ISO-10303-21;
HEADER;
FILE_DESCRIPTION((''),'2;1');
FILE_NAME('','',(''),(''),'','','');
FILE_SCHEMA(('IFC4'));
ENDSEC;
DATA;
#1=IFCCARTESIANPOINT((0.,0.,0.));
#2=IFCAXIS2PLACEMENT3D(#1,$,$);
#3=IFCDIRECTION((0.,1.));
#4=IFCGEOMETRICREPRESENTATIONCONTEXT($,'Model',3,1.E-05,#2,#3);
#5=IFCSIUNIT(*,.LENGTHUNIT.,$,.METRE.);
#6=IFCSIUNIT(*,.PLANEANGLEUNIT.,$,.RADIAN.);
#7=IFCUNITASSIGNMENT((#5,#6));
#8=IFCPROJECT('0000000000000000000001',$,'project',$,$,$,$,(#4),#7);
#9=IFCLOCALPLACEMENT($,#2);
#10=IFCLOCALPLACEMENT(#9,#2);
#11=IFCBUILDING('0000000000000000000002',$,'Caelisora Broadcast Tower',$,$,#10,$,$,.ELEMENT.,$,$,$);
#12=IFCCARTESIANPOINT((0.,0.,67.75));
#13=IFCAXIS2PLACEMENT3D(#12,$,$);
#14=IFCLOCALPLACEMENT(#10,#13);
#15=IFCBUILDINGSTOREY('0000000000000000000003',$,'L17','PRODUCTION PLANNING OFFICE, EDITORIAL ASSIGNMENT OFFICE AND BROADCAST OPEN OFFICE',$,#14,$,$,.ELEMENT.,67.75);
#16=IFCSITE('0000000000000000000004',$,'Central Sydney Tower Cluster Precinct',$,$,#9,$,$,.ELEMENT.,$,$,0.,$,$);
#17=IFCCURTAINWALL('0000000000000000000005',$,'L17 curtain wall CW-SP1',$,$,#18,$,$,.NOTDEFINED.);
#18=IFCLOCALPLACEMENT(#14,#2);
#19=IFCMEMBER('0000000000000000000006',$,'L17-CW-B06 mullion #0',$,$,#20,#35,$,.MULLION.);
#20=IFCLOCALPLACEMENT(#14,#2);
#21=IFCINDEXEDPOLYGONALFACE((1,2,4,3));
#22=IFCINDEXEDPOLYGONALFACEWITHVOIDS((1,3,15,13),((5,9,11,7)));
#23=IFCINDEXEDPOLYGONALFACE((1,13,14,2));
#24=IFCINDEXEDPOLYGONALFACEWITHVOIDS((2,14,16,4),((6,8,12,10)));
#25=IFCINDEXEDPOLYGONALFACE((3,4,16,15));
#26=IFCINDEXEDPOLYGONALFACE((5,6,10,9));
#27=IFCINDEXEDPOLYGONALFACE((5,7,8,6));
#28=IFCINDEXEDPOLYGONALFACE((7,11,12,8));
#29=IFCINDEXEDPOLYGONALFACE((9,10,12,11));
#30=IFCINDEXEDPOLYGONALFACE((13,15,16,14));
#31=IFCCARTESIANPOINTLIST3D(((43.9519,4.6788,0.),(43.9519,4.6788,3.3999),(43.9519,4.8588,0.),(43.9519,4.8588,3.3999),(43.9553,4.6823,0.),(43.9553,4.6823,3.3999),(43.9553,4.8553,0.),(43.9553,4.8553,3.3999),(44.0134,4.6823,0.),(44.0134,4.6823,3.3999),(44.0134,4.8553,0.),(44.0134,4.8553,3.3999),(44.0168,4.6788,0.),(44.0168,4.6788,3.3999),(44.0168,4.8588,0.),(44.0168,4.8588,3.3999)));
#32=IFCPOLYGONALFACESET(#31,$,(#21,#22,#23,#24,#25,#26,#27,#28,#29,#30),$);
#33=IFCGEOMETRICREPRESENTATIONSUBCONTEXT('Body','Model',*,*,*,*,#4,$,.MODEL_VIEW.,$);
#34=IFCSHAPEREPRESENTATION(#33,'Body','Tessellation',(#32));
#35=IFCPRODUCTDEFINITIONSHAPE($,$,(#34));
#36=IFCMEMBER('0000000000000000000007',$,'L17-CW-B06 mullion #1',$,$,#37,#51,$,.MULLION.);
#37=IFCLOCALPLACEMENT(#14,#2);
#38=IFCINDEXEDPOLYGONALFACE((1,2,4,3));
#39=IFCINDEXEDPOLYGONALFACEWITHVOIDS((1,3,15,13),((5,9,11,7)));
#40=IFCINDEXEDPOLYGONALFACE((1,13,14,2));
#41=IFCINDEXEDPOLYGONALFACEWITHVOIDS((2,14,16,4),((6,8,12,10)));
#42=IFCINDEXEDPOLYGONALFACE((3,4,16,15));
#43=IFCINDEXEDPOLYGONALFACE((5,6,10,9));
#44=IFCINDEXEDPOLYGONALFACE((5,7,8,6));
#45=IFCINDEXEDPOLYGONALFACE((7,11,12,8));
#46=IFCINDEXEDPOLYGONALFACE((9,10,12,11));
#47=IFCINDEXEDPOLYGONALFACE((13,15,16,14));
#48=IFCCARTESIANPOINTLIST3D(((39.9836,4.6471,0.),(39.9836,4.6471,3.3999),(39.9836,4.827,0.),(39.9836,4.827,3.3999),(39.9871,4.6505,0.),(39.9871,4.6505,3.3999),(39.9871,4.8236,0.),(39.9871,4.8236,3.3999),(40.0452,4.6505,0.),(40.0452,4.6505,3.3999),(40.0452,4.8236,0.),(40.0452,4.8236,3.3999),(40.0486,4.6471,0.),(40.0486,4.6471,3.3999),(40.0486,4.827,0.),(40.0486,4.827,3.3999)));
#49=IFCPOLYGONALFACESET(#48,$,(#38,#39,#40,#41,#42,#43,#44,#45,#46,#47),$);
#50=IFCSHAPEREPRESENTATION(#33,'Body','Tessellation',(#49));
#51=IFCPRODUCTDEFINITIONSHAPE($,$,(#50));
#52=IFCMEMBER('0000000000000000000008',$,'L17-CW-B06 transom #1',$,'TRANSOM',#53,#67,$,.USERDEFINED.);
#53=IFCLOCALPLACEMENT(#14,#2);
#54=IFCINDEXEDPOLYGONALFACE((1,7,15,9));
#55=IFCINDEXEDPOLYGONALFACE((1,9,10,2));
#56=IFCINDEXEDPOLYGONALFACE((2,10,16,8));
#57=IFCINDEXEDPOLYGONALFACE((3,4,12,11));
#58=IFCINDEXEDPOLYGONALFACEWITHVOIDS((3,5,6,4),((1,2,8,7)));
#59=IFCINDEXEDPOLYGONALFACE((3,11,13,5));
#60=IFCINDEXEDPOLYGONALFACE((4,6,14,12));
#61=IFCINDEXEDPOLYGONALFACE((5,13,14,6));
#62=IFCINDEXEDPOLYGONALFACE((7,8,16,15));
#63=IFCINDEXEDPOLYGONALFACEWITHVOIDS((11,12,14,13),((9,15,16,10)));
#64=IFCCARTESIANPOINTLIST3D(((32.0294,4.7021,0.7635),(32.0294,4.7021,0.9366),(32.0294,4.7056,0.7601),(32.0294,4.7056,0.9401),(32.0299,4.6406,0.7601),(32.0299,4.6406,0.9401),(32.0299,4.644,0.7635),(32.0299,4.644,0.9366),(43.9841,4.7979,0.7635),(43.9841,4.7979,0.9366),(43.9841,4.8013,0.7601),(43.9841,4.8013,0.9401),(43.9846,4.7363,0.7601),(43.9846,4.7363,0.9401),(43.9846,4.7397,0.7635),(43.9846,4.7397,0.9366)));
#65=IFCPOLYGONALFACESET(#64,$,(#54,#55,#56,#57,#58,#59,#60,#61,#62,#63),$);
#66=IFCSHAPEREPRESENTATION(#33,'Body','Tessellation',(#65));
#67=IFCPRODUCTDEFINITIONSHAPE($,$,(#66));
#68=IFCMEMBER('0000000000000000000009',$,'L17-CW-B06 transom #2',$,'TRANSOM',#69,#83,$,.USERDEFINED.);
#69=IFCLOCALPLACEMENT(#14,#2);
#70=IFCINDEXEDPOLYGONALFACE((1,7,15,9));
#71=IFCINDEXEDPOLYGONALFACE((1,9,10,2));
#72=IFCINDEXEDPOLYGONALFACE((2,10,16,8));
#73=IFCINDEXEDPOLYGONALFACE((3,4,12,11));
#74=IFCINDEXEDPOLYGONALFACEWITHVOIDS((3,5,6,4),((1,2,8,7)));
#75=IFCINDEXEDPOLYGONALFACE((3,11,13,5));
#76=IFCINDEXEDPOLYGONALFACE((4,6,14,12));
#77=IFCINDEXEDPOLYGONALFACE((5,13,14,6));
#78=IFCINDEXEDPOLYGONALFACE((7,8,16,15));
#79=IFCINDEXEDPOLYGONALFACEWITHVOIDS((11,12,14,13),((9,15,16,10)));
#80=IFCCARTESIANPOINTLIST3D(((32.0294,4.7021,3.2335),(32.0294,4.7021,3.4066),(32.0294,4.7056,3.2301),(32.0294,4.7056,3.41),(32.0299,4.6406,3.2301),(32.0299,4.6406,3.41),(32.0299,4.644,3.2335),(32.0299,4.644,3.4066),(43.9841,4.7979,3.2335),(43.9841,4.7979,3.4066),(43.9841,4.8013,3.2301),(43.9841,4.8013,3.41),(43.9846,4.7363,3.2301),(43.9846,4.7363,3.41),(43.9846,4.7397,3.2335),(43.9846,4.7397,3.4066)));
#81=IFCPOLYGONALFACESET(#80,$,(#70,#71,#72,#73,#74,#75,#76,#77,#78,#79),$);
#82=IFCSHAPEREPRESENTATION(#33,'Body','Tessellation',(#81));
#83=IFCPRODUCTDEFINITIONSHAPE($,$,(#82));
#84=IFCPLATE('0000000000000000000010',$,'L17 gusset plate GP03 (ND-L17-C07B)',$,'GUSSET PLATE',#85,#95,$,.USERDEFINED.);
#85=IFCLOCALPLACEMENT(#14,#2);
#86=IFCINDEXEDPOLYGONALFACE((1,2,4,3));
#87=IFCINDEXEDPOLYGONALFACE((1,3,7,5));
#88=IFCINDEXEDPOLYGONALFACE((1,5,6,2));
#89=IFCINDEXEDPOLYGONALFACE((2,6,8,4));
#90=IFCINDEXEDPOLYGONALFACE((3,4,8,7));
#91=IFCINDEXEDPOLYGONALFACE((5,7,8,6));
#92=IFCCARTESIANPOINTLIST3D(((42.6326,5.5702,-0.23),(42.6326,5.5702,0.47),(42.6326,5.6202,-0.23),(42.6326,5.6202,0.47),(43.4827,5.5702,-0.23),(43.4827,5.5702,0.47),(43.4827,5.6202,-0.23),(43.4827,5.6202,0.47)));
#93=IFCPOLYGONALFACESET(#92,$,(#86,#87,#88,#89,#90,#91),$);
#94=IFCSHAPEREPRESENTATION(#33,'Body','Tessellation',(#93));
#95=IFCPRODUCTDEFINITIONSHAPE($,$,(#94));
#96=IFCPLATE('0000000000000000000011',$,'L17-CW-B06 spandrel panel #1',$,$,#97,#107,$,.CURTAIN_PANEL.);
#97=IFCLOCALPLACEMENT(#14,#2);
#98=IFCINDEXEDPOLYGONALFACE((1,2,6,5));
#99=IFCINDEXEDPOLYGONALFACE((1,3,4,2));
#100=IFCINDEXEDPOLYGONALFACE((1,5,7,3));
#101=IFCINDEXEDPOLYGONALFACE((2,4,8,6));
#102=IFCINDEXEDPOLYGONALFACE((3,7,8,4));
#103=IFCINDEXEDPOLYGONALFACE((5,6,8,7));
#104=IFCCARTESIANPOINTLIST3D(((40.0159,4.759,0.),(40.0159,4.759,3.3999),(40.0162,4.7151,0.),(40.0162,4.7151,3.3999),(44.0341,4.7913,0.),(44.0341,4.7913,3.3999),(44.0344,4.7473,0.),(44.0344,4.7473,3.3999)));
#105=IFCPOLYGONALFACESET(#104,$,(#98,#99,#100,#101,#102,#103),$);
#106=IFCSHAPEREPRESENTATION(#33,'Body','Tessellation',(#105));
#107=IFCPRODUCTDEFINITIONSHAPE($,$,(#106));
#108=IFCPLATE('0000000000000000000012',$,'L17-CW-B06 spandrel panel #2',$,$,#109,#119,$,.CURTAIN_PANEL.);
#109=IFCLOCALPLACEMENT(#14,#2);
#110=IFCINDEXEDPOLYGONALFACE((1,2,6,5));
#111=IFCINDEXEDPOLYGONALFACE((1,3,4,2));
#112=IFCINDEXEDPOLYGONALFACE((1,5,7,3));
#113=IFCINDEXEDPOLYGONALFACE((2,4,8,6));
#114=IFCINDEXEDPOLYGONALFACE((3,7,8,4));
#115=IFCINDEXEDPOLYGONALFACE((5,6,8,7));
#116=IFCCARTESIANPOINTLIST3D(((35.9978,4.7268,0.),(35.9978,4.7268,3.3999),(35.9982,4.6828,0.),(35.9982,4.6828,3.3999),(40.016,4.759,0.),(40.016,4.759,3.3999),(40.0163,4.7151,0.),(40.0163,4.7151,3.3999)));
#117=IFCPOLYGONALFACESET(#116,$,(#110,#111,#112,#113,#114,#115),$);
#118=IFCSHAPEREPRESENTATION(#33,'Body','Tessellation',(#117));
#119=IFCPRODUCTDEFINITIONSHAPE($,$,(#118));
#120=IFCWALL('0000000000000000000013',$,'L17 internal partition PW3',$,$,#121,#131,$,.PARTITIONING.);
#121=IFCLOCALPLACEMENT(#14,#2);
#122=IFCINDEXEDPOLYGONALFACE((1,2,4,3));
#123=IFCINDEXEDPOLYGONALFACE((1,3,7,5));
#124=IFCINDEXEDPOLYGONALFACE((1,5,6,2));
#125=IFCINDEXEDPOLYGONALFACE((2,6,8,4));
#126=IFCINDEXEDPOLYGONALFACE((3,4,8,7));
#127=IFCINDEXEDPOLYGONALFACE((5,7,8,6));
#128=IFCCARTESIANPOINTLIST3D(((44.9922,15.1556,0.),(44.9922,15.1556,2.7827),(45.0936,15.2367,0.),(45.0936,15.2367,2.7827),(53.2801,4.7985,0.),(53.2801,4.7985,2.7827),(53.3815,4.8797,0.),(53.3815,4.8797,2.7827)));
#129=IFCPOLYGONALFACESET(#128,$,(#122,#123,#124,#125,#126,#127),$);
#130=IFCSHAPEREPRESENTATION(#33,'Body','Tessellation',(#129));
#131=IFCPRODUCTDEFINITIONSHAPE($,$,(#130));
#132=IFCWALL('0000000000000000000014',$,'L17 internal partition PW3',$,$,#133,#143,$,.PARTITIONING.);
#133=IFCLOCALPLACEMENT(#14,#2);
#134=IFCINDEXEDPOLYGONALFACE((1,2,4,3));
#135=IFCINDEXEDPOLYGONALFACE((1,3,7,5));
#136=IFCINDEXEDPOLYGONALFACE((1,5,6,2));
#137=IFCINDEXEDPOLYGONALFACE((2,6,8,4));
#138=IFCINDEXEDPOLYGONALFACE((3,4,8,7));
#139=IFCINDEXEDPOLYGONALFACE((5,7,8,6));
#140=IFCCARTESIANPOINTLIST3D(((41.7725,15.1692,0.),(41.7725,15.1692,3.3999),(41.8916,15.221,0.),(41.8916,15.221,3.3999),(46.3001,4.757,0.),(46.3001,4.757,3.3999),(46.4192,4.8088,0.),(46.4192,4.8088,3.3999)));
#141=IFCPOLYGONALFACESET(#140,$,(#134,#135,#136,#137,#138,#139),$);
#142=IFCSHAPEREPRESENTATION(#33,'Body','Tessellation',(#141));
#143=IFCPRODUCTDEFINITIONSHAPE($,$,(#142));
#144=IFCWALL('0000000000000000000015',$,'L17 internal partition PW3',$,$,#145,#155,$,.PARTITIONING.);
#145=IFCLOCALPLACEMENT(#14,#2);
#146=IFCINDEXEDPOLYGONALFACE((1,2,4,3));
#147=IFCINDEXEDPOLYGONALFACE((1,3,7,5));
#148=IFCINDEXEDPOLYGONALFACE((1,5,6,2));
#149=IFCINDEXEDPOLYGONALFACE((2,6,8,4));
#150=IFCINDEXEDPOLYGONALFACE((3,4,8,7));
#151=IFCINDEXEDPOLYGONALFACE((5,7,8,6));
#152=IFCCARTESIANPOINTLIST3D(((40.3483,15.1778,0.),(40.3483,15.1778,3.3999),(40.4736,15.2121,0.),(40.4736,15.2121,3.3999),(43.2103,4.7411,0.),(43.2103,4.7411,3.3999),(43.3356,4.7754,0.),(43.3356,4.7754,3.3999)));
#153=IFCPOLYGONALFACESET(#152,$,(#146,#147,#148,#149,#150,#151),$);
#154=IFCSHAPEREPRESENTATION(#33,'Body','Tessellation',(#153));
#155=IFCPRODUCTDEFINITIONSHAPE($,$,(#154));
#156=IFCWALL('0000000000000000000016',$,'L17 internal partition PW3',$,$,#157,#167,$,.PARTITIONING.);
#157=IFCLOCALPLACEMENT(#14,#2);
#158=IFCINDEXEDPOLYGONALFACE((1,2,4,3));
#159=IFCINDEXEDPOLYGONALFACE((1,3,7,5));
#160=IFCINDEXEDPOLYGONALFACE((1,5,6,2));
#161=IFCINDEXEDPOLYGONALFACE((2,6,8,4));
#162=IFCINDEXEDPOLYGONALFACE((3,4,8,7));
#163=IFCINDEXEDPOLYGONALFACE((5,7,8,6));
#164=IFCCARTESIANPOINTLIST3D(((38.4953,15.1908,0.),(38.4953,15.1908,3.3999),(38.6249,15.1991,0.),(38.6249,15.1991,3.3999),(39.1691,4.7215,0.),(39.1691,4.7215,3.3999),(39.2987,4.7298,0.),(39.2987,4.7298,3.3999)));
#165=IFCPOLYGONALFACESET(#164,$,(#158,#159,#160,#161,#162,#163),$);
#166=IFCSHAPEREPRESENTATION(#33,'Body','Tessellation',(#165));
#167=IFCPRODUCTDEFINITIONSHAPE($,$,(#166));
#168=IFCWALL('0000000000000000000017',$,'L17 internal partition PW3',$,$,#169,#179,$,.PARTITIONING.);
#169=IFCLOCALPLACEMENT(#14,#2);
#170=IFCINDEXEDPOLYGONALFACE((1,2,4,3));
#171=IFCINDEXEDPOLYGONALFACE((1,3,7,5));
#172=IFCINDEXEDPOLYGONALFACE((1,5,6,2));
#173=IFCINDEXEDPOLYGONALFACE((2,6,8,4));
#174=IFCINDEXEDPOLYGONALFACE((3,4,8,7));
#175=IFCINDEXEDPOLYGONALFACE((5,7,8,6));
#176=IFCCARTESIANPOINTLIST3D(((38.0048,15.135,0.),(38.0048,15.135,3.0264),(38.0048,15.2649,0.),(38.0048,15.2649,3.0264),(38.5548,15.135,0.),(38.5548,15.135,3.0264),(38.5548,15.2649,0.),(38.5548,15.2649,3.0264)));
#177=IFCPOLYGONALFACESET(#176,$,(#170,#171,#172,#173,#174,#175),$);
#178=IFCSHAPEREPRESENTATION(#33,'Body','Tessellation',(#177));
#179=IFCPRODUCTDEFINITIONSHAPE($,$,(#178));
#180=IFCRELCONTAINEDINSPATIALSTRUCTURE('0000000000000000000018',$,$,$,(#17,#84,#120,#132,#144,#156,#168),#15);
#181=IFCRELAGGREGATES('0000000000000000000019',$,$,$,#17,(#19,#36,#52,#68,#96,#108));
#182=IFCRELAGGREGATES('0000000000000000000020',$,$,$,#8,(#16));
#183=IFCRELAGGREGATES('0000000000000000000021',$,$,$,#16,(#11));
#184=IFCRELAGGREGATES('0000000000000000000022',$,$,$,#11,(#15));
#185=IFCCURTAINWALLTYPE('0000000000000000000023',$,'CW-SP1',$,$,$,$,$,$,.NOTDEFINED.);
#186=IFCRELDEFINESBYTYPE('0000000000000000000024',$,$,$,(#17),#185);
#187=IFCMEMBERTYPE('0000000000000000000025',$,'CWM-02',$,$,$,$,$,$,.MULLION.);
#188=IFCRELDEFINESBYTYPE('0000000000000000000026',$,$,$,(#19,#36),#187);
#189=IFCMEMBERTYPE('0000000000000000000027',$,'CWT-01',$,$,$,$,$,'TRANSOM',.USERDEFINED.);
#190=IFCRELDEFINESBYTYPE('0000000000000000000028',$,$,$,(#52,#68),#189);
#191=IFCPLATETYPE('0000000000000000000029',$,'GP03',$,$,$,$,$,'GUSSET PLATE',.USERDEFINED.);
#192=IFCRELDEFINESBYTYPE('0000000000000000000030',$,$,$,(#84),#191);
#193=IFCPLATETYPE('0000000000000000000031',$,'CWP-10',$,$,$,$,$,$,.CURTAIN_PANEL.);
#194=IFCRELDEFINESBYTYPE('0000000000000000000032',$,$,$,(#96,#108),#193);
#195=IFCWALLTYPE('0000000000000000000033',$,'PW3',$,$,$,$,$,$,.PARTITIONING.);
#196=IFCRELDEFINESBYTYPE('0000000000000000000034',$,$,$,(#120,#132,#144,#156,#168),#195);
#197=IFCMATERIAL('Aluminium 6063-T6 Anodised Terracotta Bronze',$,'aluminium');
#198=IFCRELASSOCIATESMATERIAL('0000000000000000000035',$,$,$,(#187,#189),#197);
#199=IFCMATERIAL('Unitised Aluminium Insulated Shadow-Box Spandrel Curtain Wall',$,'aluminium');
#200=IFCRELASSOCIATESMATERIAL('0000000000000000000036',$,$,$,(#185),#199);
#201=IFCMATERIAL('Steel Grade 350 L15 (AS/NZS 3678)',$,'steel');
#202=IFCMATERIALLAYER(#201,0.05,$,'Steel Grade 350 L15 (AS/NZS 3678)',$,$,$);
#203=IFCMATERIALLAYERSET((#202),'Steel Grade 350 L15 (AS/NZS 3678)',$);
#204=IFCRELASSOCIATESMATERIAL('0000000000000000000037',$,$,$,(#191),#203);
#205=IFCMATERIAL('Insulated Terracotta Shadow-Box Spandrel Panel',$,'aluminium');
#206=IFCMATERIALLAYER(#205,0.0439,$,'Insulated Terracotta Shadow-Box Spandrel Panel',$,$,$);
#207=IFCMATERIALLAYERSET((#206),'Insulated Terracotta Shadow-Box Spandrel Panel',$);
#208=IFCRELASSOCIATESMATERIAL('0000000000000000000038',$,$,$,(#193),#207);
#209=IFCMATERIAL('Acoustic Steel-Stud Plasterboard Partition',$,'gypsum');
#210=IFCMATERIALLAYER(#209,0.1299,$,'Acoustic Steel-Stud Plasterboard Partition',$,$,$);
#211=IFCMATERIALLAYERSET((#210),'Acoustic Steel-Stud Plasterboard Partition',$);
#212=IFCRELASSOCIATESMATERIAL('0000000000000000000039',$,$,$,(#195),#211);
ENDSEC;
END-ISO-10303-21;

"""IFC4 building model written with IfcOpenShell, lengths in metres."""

from ifc_helpers import new_model, si_unit, direction, frame, frame_2d, origin, origin_2d, place, context, subcontext, project, spatial, rectangle, hollow_rectangle, extrude, source, transform, mapped, material, layer, layer_set, material_profile, profile_set, type_object, type_shapes, element, aggregate, save


model = new_model("IFC4")

# Units and contexts
model_context = context("Model", 3, precision=1e-05, world=origin(), true_north=direction((0.0, 1.0)))
body_context = subcontext(model_context, "Body", "Model", "MODEL_VIEW")
ifc_project = project(units=[si_unit("LENGTHUNIT", "METRE"), si_unit("PLANEANGLEUNIT", "RADIAN")], contexts=[model_context])

# Site, building, storey
site_placement = place(None, origin())
site = spatial("IfcSite", under=ifc_project, at=site_placement, Name="Central Sydney Tower Cluster Precinct", CompositionType="ELEMENT", RefElevation=0.0)
building_placement = place(site_placement, origin())
building = spatial("IfcBuilding", under=site, at=building_placement, Name="Caelisora Broadcast Tower", CompositionType="ELEMENT")
storey_placement = place(building_placement, frame((0.0, 0.0, 67.75)))
storey = spatial("IfcBuildingStorey", under=building, at=storey_placement, Name="L17", Description="PRODUCTION PLANNING OFFICE, EDITORIAL ASSIGNMENT OFFICE AND BROADCAST OPEN OFFICE", CompositionType="ELEMENT", Elevation=67.75)

# Shared definitions
ifc_material_1 = material(Name="Steel Grade 350 L15 (AS/NZS 3678)", Category="steel")

# Shared definitions
ifc_material_2 = material(Name="Aluminium 6063-T6 Anodised Terracotta Bronze", Category="aluminium")
ifc_material_profile_1 = material_profile(ifc_material_2, hollow_rectangle(XDim=0.0649, YDim=0.1799, WallThickness=0.0034, at=origin_2d()), Name="Aluminium 6063-T6 Anodised Terracotta Bronze")
ifc_profile_set_1 = profile_set([ifc_material_profile_1], Name="Aluminium 6063-T6 Anodised Terracotta Bronze")
member_type_1 = type_object("IfcMemberType", Name="CWM-02", PredefinedType="MULLION", material=ifc_profile_set_1)
shared_shape_1 = source(origin(), body_context, "Body", "SweptSolid", [
    extrude(hollow_rectangle(XDim=0.0649, YDim=0.1799, WallThickness=0.0034, at=origin_2d()), origin(), (0.0, 0.0, 1.0), 3.3999),
])
type_shapes(member_type_1, [shared_shape_1])

# Curtain wall, members
ifc_material_3 = material(Name="Unitised Aluminium Insulated Shadow-Box Spandrel Curtain Wall", Category="aluminium")
curtain_wall_type_1 = type_object("IfcCurtainWallType", Name="CW-SP1", PredefinedType="NOTDEFINED", material=ifc_material_3)
curtain_wall_1_placement = place(storey_placement, origin())
curtain_wall_1 = element("IfcCurtainWall", 1, at=curtain_wall_1_placement, inside=storey, type_object=curtain_wall_type_1, Name="L17 curtain wall CW-SP1", PredefinedType="NOTDEFINED")
member_1_placement = place(storey_placement, frame((43.9844, 4.7688, 0.0), z_axis=(0.0, 0.0, 1.0), x_axis=(1.0, 0.0, 0.0)))
member_1 = element("IfcMember", 2, at=member_1_placement, type_object=member_type_1, Name="L17-CW-B06 mullion #0", PredefinedType="MULLION", context=body_context, shape_type="MappedRepresentation", body=[
    mapped(shared_shape_1, transform((0.0, 0.0, 0.0), scale=1.0)),
])
member_2_placement = place(storey_placement, frame((40.0161, 4.7371, 0.0), z_axis=(0.0, 0.0, 1.0), x_axis=(1.0, 0.0, 0.0)))
member_2 = element("IfcMember", 3, at=member_2_placement, type_object=member_type_1, Name="L17-CW-B06 mullion #1", PredefinedType="MULLION", context=body_context, shape_type="MappedRepresentation", body=[
    mapped(shared_shape_1, transform((0.0, 0.0, 0.0), scale=1.0)),
])
ifc_material_profile_2 = material_profile(ifc_material_2, hollow_rectangle(XDim=0.0649, YDim=0.1799, WallThickness=0.0034, at=origin_2d()), Name="Aluminium 6063-T6 Anodised Terracotta Bronze")
ifc_profile_set_2 = profile_set([ifc_material_profile_2], Name="Aluminium 6063-T6 Anodised Terracotta Bronze")
member_type_2 = type_object("IfcMemberType", Name="CWT-01", ElementType="TRANSOM", PredefinedType="USERDEFINED", material=ifc_profile_set_2)
shared_shape_2 = source(origin(), body_context, "Body", "SweptSolid", [
    extrude(hollow_rectangle(XDim=0.0649, YDim=0.1799, WallThickness=0.0034, at=origin_2d()), origin(), (0.0, 0.0, 1.0), 11.9551),
])
type_shapes(member_type_2, [shared_shape_2])
member_3_placement = place(storey_placement, frame((43.9844, 4.7688, 0.8501), z_axis=(-0.999968, -0.008005, 0.0), x_axis=(0.008005, -0.999968, 0.0)))
member_3 = element("IfcMember", 4, at=member_3_placement, type_object=member_type_2, Name="L17-CW-B06 transom #1", ObjectType="TRANSOM", PredefinedType="USERDEFINED", context=body_context, shape_type="MappedRepresentation", body=[
    mapped(shared_shape_2, transform((0.0, 0.0, 0.0), scale=1.0)),
])
member_4_placement = place(storey_placement, frame((43.9844, 4.7688, 3.3201), z_axis=(-0.999968, -0.008005, 0.0), x_axis=(0.008005, -0.999968, 0.0)))
member_4 = element("IfcMember", 5, at=member_4_placement, type_object=member_type_2, Name="L17-CW-B06 transom #2", ObjectType="TRANSOM", PredefinedType="USERDEFINED", context=body_context, shape_type="MappedRepresentation", body=[
    mapped(shared_shape_2, transform((0.0, 0.0, 0.0), scale=1.0)),
])

# Plates
ifc_layer_1 = layer(ifc_material_1, 0.05, Name="Steel Grade 350 L15 (AS/NZS 3678)")
ifc_layer_set_1 = layer_set([ifc_layer_1], Name="Steel Grade 350 L15 (AS/NZS 3678)")
plate_type_1 = type_object("IfcPlateType", Name="GP03", ElementType="GUSSET PLATE", PredefinedType="USERDEFINED", material=ifc_layer_set_1)
shared_shape_3 = source(origin(), body_context, "Body", "SweptSolid", [
    extrude(rectangle(XDim=0.8501, YDim=0.05, at=origin_2d()), origin(), (0.0, 0.0, 1.0), 0.7),
])
type_shapes(plate_type_1, [shared_shape_3])
plate_1_placement = place(storey_placement, frame((43.0576, 5.5952, -0.23), z_axis=(0.0, 0.0, 1.0), x_axis=(1.0, 0.0, 0.0)))
element("IfcPlate", 6, at=plate_1_placement, inside=storey, type_object=plate_type_1, Name="L17 gusset plate GP03 (ND-L17-C07B)", ObjectType="GUSSET PLATE", PredefinedType="USERDEFINED", context=body_context, shape_type="MappedRepresentation", body=[
    mapped(shared_shape_3, transform((0.0, 0.0, 0.0), scale=1.0)),
])
ifc_material_4 = material(Name="Insulated Terracotta Shadow-Box Spandrel Panel", Category="aluminium")
ifc_layer_2 = layer(ifc_material_4, 0.0439, Name="Insulated Terracotta Shadow-Box Spandrel Panel")
ifc_layer_set_2 = layer_set([ifc_layer_2], Name="Insulated Terracotta Shadow-Box Spandrel Panel")
plate_type_2 = type_object("IfcPlateType", Name="CWP-10", PredefinedType="CURTAIN_PANEL", material=ifc_layer_set_2)
shared_shape_4 = source(origin(), body_context, "Body", "SweptSolid", [
    extrude(rectangle(XDim=4.0183, YDim=0.0439, at=origin_2d()), origin(), (0.0, 0.0, 1.0), 3.3999),
])
type_shapes(plate_type_2, [shared_shape_4])
plate_2_placement = place(storey_placement, frame((42.0251, 4.7532, 0.0), z_axis=(0.0, 0.0, 1.0), x_axis=(-0.999968, -0.008028, 0.0)))
plate_2 = element("IfcPlate", 7, at=plate_2_placement, type_object=plate_type_2, Name="L17-CW-B06 spandrel panel #1", PredefinedType="CURTAIN_PANEL", context=body_context, shape_type="MappedRepresentation", body=[
    mapped(shared_shape_4, transform((0.0, 0.0, 0.0), scale=1.0)),
])
plate_3_placement = place(storey_placement, frame((38.0071, 4.7209, 0.0), z_axis=(0.0, 0.0, 1.0), x_axis=(-0.999968, -0.008028, 0.0)))
plate_3 = element("IfcPlate", 8, at=plate_3_placement, type_object=plate_type_2, Name="L17-CW-B06 spandrel panel #2", PredefinedType="CURTAIN_PANEL", context=body_context, shape_type="MappedRepresentation", body=[
    mapped(shared_shape_4, transform((0.0, 0.0, 0.0), scale=1.0)),
])
aggregate(curtain_wall_1, [member_1, member_2, member_3, member_4, plate_2, plate_3])

# Walls
ifc_material_5 = material(Name="Acoustic Steel-Stud Plasterboard Partition", Category="gypsum")
ifc_layer_3 = layer(ifc_material_5, 0.1299, Name="Acoustic Steel-Stud Plasterboard Partition")
ifc_layer_set_3 = layer_set([ifc_layer_3], Name="Acoustic Steel-Stud Plasterboard Partition")
wall_type = type_object("IfcWallType", Name="PW3", PredefinedType="PARTITIONING", material=ifc_layer_set_3)
wall_1_placement = place(storey_placement, frame((45.043, 15.196, 0.0), z_axis=(0.0, 0.0, 1.0), x_axis=(0.624801, -0.780784, 0.0)))
element("IfcWall", 9, at=wall_1_placement, inside=storey, type_object=wall_type, Name="L17 internal partition PW3", PredefinedType="PARTITIONING", context=body_context, shape_type="SweptSolid", body=[
    extrude(rectangle(XDim=13.2649, YDim=0.1299, at=frame_2d((6.6323, 0.0))), origin(), (0.0, 0.0, 1.0), 2.7827),
])
wall_2_placement = place(storey_placement, frame((41.832, 15.1951, 0.0), z_axis=(0.0, 0.0, 1.0), x_axis=(0.398769, -0.917051, 0.0)))
element("IfcWall", 10, at=wall_2_placement, inside=storey, type_object=wall_type, Name="L17 internal partition PW3", PredefinedType="PARTITIONING", context=body_context, shape_type="SweptSolid", body=[
    extrude(rectangle(XDim=11.354, YDim=0.1299, at=frame_2d((5.677, 0.0))), origin(), (0.0, 0.0, 1.0), 3.3999),
])
wall_3_placement = place(storey_placement, frame((40.4109, 15.1951, 0.0), z_axis=(0.0, 0.0, 1.0), x_axis=(0.264465, -0.964395, 0.0)))
element("IfcWall", 11, at=wall_3_placement, inside=storey, type_object=wall_type, Name="L17 internal partition PW3", PredefinedType="PARTITIONING", context=body_context, shape_type="SweptSolid", body=[
    extrude(rectangle(XDim=10.822, YDim=0.1299, at=frame_2d((5.4111, 0.0))), origin(), (0.0, 0.0, 1.0), 3.3999),
])
wall_4_placement = place(storey_placement, frame((38.5601, 15.1951, 0.0), z_axis=(0.0, 0.0, 1.0), x_axis=(0.06423, -0.997935, 0.0)))
element("IfcWall", 12, at=wall_4_placement, inside=storey, type_object=wall_type, Name="L17 internal partition PW3", PredefinedType="PARTITIONING", context=body_context, shape_type="SweptSolid", body=[
    extrude(rectangle(XDim=10.491, YDim=0.1299, at=frame_2d((5.2456, 0.0))), origin(), (0.0, 0.0, 1.0), 3.3999),
])

# Wall
wall_5_placement = place(storey_placement, frame((38.0049, 15.2, 0.0), z_axis=(0.0, 0.0, 1.0), x_axis=(1.0, 0.0, 0.0)))
element("IfcWall", 13, at=wall_5_placement, inside=storey, type_object=wall_type, Name="L17 internal partition PW3", PredefinedType="PARTITIONING", context=body_context, shape_type="SweptSolid", body=[
    extrude(rectangle(XDim=0.55, YDim=0.1299, at=frame_2d((0.2749, 0.0))), origin(), (0.0, 0.0, 1.0), 3.0264),
])

save(model, "model.ifc")
